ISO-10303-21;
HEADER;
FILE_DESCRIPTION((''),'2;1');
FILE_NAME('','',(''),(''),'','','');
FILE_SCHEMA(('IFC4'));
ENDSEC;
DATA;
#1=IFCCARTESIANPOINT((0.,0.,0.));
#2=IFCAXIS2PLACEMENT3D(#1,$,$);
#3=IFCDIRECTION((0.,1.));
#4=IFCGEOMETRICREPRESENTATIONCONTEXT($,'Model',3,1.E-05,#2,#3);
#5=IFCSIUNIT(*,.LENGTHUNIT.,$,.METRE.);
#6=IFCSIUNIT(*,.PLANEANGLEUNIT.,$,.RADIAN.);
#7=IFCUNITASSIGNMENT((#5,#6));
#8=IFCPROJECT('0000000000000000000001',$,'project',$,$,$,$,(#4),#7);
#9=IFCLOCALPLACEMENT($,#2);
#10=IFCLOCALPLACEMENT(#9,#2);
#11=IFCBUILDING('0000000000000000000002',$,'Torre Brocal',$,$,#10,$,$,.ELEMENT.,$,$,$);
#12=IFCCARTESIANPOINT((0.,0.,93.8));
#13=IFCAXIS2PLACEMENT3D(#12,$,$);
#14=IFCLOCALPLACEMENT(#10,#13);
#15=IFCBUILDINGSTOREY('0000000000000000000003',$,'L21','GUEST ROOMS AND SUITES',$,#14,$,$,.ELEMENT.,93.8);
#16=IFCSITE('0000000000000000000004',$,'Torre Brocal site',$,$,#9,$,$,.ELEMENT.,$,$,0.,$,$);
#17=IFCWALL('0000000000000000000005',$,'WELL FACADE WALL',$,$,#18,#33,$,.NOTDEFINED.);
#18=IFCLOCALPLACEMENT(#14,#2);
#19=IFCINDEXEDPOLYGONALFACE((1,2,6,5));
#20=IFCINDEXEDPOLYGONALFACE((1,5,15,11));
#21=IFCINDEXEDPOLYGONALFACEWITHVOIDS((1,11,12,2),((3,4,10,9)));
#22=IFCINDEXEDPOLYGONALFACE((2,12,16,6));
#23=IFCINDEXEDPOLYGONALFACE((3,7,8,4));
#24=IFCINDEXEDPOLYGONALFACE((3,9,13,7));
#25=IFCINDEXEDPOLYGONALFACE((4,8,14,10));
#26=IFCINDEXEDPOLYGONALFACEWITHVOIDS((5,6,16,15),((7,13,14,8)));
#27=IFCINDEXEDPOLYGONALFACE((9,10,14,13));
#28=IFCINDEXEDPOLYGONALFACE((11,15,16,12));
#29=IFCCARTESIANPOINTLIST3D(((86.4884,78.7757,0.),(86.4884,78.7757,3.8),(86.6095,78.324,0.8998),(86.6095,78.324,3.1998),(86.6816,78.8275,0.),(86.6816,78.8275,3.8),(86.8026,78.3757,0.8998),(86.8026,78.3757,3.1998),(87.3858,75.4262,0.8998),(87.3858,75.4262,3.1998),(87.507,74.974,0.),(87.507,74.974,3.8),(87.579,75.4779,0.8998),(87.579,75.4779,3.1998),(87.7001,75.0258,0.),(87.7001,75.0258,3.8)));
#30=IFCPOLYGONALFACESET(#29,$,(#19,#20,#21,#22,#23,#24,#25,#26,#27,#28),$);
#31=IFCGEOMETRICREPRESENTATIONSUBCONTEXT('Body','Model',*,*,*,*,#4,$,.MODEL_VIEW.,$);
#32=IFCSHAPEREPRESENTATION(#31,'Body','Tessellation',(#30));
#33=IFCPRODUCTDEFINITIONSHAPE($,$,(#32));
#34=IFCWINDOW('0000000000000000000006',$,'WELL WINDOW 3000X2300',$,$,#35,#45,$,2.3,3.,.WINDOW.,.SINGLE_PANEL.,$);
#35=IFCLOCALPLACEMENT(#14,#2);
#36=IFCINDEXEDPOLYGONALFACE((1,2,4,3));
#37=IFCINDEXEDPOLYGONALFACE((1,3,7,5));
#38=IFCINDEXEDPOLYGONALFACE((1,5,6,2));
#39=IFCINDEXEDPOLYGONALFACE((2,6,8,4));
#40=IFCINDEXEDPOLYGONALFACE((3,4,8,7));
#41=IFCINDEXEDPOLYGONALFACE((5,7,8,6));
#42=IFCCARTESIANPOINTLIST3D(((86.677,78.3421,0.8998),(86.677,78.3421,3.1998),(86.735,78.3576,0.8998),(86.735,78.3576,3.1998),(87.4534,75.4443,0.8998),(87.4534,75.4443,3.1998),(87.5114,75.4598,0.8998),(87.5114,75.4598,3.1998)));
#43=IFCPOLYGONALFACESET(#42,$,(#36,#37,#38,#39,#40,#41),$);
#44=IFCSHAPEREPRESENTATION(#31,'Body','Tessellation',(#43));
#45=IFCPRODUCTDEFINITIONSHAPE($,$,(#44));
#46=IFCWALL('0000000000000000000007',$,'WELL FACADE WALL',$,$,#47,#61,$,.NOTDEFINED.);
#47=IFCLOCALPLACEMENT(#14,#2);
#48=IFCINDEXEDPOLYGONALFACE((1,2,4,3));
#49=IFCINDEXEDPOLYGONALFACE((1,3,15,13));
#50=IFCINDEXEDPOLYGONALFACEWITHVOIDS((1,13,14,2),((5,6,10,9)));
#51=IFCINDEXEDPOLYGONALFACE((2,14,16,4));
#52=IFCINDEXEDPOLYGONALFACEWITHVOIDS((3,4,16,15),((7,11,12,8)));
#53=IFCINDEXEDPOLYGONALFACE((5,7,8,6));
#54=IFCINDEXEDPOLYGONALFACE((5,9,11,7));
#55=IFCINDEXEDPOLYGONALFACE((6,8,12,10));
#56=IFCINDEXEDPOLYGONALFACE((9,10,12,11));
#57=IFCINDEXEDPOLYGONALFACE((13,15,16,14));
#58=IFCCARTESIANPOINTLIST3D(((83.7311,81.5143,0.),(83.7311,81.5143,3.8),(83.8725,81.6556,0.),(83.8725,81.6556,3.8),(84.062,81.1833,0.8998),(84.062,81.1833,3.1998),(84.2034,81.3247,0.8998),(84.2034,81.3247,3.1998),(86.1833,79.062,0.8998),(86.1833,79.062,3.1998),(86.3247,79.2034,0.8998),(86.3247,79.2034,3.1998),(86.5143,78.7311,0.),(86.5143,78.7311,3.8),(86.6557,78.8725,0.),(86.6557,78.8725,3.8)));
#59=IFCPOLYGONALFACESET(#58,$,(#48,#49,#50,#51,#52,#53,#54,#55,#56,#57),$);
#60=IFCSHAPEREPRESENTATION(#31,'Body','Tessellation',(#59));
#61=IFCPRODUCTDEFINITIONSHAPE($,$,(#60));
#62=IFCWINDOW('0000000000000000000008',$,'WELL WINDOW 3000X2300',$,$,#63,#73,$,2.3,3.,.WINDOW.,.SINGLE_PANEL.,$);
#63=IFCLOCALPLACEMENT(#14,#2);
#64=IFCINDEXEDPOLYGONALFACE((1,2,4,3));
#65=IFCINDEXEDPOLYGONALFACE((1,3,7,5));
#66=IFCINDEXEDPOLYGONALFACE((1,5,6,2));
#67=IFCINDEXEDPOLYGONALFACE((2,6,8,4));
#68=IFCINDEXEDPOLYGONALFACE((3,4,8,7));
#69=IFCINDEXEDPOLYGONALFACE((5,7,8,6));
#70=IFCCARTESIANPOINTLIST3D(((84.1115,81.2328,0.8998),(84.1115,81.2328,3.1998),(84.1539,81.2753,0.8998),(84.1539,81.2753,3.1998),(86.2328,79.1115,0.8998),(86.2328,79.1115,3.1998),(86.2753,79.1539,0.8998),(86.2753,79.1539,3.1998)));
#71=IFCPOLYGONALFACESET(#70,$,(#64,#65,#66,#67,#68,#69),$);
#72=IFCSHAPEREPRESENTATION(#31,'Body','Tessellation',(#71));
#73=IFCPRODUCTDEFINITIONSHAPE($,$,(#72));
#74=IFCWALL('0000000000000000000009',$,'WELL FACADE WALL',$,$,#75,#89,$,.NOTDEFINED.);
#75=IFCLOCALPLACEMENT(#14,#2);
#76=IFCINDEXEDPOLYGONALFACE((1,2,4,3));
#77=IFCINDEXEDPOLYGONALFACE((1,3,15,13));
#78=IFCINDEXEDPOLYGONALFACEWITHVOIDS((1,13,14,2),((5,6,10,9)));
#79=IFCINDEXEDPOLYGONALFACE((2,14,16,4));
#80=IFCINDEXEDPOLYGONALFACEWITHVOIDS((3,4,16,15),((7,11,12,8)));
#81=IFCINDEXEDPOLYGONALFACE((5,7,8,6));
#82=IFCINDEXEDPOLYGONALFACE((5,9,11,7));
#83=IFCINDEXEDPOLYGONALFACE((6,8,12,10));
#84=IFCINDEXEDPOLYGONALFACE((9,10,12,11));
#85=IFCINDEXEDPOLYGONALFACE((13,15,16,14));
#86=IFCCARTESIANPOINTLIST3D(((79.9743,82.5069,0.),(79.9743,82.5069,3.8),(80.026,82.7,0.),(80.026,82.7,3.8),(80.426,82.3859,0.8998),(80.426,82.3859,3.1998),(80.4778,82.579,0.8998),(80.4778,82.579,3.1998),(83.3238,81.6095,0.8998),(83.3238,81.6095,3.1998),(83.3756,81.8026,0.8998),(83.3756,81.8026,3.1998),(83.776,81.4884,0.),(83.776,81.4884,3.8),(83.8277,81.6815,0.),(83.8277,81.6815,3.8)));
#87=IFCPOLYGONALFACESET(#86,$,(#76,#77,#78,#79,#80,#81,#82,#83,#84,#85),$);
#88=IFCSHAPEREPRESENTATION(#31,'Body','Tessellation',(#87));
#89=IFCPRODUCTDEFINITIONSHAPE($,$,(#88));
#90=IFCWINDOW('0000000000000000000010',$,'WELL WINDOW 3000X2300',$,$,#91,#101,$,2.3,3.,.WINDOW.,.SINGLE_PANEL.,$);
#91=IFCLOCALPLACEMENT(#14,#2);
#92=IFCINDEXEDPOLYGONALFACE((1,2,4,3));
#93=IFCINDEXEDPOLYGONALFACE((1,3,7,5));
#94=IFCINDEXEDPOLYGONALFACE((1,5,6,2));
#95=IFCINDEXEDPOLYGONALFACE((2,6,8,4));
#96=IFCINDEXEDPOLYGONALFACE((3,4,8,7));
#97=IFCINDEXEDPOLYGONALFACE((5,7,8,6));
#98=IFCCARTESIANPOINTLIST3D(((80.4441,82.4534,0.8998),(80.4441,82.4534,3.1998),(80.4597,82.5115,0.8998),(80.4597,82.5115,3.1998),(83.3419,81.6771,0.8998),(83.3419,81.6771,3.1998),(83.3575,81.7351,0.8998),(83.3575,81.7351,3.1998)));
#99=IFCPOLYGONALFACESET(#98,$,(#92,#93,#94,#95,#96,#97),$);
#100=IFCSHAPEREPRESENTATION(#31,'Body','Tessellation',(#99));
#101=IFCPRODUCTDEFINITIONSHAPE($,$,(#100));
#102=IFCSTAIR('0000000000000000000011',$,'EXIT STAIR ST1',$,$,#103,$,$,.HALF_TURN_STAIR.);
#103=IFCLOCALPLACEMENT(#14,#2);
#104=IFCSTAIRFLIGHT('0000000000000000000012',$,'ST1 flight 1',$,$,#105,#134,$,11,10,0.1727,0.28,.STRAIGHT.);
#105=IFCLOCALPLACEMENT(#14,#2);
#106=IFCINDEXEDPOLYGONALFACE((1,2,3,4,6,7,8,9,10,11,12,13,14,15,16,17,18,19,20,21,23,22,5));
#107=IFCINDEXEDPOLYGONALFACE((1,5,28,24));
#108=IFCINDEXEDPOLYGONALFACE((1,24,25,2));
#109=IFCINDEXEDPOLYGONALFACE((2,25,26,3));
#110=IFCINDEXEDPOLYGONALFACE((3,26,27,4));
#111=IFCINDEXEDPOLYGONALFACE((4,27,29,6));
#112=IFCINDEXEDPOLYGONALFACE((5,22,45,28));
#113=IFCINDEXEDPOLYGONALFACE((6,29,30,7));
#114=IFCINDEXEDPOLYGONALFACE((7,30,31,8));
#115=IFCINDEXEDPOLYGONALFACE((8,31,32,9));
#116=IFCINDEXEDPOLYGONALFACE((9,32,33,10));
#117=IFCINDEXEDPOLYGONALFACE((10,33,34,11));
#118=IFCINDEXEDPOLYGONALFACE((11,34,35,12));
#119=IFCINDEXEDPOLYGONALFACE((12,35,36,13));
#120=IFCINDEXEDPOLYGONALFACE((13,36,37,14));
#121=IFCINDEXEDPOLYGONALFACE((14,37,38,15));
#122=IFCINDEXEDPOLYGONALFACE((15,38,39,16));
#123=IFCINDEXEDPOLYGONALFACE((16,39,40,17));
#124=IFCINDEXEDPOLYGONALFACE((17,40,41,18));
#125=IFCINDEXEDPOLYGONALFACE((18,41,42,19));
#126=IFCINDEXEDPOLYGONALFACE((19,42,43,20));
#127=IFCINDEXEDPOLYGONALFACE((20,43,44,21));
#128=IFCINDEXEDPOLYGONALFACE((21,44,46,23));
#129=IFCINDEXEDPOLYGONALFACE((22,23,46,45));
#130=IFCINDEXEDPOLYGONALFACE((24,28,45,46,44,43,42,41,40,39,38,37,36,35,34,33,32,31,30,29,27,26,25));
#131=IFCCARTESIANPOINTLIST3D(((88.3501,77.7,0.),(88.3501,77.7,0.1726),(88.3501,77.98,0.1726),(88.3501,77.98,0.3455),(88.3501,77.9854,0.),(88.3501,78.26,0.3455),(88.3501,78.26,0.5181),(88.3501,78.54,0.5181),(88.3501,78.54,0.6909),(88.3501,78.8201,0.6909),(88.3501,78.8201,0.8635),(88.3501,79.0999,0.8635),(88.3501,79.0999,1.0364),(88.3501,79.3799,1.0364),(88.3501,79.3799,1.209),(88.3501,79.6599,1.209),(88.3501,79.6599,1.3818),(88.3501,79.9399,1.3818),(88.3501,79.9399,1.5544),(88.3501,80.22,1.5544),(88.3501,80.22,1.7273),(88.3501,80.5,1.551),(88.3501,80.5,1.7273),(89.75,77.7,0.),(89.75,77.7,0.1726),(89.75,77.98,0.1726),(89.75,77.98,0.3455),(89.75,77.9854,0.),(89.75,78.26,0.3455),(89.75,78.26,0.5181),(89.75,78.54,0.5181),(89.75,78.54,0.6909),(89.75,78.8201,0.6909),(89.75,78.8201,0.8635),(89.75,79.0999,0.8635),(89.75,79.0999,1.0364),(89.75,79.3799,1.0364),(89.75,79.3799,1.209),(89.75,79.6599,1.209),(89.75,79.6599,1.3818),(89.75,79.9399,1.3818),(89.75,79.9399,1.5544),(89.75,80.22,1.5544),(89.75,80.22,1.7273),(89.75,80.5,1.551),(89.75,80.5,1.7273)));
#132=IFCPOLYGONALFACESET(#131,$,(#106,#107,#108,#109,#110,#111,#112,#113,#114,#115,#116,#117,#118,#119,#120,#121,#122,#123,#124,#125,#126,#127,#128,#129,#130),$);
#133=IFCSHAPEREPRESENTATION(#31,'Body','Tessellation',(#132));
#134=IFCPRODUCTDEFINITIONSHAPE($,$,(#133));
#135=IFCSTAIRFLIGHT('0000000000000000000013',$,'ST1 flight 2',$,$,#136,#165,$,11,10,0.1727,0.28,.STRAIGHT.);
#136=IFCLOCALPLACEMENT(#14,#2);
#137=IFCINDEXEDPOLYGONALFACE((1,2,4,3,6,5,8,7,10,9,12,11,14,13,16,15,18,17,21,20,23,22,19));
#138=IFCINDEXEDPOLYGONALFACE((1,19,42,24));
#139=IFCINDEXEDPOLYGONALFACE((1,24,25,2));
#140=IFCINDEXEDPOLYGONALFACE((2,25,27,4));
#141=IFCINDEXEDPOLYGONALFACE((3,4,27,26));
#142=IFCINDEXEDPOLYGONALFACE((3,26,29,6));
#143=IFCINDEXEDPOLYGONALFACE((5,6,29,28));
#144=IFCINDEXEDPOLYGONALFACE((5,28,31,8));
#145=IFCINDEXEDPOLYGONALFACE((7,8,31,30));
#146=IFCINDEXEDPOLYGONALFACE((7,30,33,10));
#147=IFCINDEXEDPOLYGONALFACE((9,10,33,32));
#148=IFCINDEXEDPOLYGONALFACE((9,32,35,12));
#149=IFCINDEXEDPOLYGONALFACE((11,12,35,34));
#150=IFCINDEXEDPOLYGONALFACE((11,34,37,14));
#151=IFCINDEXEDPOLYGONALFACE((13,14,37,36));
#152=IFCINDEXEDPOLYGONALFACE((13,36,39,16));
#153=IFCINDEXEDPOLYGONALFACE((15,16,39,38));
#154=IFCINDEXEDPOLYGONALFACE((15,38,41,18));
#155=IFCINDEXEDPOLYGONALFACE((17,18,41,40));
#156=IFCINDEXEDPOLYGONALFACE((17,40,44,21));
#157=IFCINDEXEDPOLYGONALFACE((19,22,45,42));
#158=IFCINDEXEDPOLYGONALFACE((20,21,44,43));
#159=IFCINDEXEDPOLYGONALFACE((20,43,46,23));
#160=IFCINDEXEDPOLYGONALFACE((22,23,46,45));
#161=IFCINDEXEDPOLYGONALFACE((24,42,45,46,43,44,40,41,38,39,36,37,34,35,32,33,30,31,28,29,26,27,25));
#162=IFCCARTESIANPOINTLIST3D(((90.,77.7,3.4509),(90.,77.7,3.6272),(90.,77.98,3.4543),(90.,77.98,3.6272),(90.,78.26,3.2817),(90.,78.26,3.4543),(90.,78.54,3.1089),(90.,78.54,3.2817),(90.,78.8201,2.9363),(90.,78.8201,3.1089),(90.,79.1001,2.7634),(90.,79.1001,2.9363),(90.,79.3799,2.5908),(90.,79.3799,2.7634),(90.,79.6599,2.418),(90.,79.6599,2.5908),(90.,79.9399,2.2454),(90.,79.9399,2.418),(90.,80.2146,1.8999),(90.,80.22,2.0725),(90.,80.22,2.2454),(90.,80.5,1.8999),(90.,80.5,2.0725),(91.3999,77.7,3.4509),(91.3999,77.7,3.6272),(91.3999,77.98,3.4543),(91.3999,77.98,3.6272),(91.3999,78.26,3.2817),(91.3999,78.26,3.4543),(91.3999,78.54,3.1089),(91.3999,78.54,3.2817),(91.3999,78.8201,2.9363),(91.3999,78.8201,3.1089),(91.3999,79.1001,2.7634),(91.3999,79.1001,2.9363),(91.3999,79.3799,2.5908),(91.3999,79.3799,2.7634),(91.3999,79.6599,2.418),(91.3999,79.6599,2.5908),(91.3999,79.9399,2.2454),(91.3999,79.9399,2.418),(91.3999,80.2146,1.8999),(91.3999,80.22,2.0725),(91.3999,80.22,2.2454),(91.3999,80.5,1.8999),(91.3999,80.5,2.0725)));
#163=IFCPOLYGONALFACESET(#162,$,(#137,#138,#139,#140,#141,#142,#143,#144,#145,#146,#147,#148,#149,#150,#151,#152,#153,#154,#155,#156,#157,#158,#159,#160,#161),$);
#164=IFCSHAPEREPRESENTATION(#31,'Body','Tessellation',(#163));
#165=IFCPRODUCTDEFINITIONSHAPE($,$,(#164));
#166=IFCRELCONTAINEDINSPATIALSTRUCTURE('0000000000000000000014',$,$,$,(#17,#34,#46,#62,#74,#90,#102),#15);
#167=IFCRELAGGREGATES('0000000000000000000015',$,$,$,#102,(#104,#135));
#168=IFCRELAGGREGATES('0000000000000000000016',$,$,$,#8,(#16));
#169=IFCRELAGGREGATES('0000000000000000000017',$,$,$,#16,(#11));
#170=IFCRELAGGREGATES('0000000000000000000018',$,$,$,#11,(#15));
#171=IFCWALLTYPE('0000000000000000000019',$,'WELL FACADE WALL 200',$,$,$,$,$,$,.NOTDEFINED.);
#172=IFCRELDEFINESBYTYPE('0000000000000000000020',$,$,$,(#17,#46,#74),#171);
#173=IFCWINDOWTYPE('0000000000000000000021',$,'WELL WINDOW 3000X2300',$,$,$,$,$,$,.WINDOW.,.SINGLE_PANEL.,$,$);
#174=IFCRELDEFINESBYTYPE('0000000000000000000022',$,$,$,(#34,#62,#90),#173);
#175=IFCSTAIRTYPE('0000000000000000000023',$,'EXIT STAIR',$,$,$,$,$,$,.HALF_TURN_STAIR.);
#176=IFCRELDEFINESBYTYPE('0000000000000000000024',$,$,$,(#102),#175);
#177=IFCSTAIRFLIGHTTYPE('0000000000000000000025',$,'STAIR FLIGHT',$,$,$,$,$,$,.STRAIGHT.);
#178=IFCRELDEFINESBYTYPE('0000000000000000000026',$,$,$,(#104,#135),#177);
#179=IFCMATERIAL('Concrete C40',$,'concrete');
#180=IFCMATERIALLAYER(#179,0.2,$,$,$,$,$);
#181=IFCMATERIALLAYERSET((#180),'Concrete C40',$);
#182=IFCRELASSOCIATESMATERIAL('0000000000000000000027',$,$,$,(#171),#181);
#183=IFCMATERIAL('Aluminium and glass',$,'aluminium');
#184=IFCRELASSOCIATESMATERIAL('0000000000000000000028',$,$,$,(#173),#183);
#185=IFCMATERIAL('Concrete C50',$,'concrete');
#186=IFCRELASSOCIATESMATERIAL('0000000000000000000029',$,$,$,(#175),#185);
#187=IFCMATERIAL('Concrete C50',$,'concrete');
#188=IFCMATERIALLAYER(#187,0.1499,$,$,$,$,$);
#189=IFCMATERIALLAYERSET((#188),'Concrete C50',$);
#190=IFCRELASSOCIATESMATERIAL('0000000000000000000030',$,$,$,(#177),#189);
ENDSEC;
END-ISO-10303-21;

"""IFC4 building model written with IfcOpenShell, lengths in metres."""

from ifc_helpers import new_model, si_unit, direction, frame, frame_2d, origin, place, context, subcontext, project, spatial, polyline, rectangle, outline, extrude, material, layer, layer_set, type_object, element, fill, aggregate, save


model = new_model("IFC4")

# Units and contexts
model_context = context("Model", 3, precision=1e-05, world=origin(), true_north=direction((0.0, 1.0)))
body_context = subcontext(model_context, "Body", "Model", "MODEL_VIEW")
ifc_project = project(units=[si_unit("LENGTHUNIT", "METRE"), si_unit("PLANEANGLEUNIT", "RADIAN")], contexts=[model_context])

# Site, building, storey
site_placement = place(None, origin())
site = spatial("IfcSite", under=ifc_project, at=site_placement, Name="Torre Brocal site", CompositionType="ELEMENT", RefElevation=0.0)
building_placement = place(site_placement, origin())
building = spatial("IfcBuilding", under=site, at=building_placement, Name="Torre Brocal", CompositionType="ELEMENT")
storey_placement = place(building_placement, frame((0.0, 0.0, 93.8)))
storey = spatial("IfcBuildingStorey", under=building, at=storey_placement, Name="L21", Description="GUEST ROOMS AND SUITES", CompositionType="ELEMENT", Elevation=93.8)

# Walls, openings, windows
ifc_material_1 = material(Name="Concrete C40", Category="concrete")
ifc_layer_1 = layer(ifc_material_1, 0.2)
ifc_layer_set_1 = layer_set([ifc_layer_1], Name="Concrete C40")
wall_type_1 = type_object("IfcWallType", Name="WELL FACADE WALL 200", PredefinedType="NOTDEFINED", material=ifc_layer_set_1)
wall_1_placement = place(storey_placement, frame((87.6035, 75.0, 0.0), z_axis=(0.0, 0.0, 1.0), x_axis=(-0.25879, 0.965934, 0.0)))
wall_1 = element("IfcWall", 1, at=wall_1_placement, inside=storey, type_object=wall_type_1, Name="WELL FACADE WALL", PredefinedType="NOTDEFINED", context=body_context, shape_type="SweptSolid", body=[
    extrude(rectangle(XDim=3.9358, YDim=0.2, at=frame_2d((1.9678, 0.0))), origin(), (0.0, 0.0, 1.0), 3.8),
])
opening_1_placement = place(wall_1_placement, frame((0.468, 0.0, 0.8999)))
opening_1 = element("IfcOpeningElement", 2, at=opening_1_placement, cuts=wall_1, PredefinedType="OPENING", context=body_context, shape_type="SweptSolid", body=[
    extrude(rectangle(XDim=3.0, YDim=2.3, at=frame_2d((1.5, 1.1499))), frame((0.0, 0.1099, 0.0), z_axis=(0.0, -1.0, 0.0), x_axis=(1.0, 0.0, 0.0)), (0.0, 0.0, 1.0), 0.22),
])
ifc_material_2 = material(Name="Aluminium and glass", Category="aluminium")
window_type = type_object("IfcWindowType", Name="WELL WINDOW 3000X2300", PartitioningType="SINGLE_PANEL", PredefinedType="WINDOW", material=ifc_material_2)
window_1_placement = place(opening_1_placement, origin())
window_1 = element("IfcWindow", 3, at=window_1_placement, inside=storey, type_object=window_type, Name="WELL WINDOW 3000X2300", OverallHeight=2.3, OverallWidth=3.0, PartitioningType="SINGLE_PANEL", PredefinedType="WINDOW", context=body_context, shape_type="SweptSolid", body=[
    extrude(rectangle(XDim=3.0, YDim=2.3, at=frame_2d((1.5, 1.1499))), frame((0.0, 0.03, 0.0), z_axis=(0.0, -1.0, 0.0), x_axis=(1.0, 0.0, 0.0)), (0.0, 0.0, 1.0), 0.0601),
])
fill(opening_1, window_1)
wall_2_placement = place(storey_placement, frame((86.585, 78.8018, 0.0), z_axis=(0.0, 0.0, 1.0), x_axis=(-0.707107, 0.707107, 0.0)))
wall_2 = element("IfcWall", 4, at=wall_2_placement, inside=storey, type_object=wall_type_1, Name="WELL FACADE WALL", PredefinedType="NOTDEFINED", context=body_context, shape_type="SweptSolid", body=[
    extrude(rectangle(XDim=3.936, YDim=0.2, at=frame_2d((1.968, 0.0))), origin(), (0.0, 0.0, 1.0), 3.8),
])
opening_2_placement = place(wall_2_placement, frame((0.468, 0.0, 0.8999)))
opening_2 = element("IfcOpeningElement", 5, at=opening_2_placement, cuts=wall_2, PredefinedType="OPENING", context=body_context, shape_type="SweptSolid", body=[
    extrude(rectangle(XDim=3.0, YDim=2.3, at=frame_2d((1.5, 1.1499))), frame((0.0, 0.1099, 0.0), z_axis=(0.0, -1.0, 0.0), x_axis=(1.0, 0.0, 0.0)), (0.0, 0.0, 1.0), 0.22),
])
window_2_placement = place(opening_2_placement, origin())
window_2 = element("IfcWindow", 6, at=window_2_placement, inside=storey, type_object=window_type, Name="WELL WINDOW 3000X2300", OverallHeight=2.3, OverallWidth=3.0, PartitioningType="SINGLE_PANEL", PredefinedType="WINDOW", context=body_context, shape_type="SweptSolid", body=[
    extrude(rectangle(XDim=3.0, YDim=2.3, at=frame_2d((1.5, 1.1499))), frame((0.0, 0.03, 0.0), z_axis=(0.0, -1.0, 0.0), x_axis=(1.0, 0.0, 0.0)), (0.0, 0.0, 1.0), 0.0601),
])
fill(opening_2, window_2)
wall_3_placement = place(storey_placement, frame((83.8018, 81.585, 0.0), z_axis=(0.0, 0.0, 1.0), x_axis=(-0.965934, 0.25879, 0.0)))
wall_3 = element("IfcWall", 7, at=wall_3_placement, inside=storey, type_object=wall_type_1, Name="WELL FACADE WALL", PredefinedType="NOTDEFINED", context=body_context, shape_type="SweptSolid", body=[
    extrude(rectangle(XDim=3.9358, YDim=0.2, at=frame_2d((1.9678, 0.0))), origin(), (0.0, 0.0, 1.0), 3.8),
])
opening_3_placement = place(wall_3_placement, frame((0.468, 0.0, 0.8999)))
opening_3 = element("IfcOpeningElement", 8, at=opening_3_placement, cuts=wall_3, PredefinedType="OPENING", context=body_context, shape_type="SweptSolid", body=[
    extrude(rectangle(XDim=3.0, YDim=2.3, at=frame_2d((1.5, 1.1499))), frame((0.0, 0.1099, 0.0), z_axis=(0.0, -1.0, 0.0), x_axis=(1.0, 0.0, 0.0)), (0.0, 0.0, 1.0), 0.22),
])
window_3_placement = place(opening_3_placement, origin())
window_3 = element("IfcWindow", 9, at=window_3_placement, inside=storey, type_object=window_type, Name="WELL WINDOW 3000X2300", OverallHeight=2.3, OverallWidth=3.0, PartitioningType="SINGLE_PANEL", PredefinedType="WINDOW", context=body_context, shape_type="SweptSolid", body=[
    extrude(rectangle(XDim=3.0, YDim=2.3, at=frame_2d((1.5, 1.1499))), frame((0.0, 0.03, 0.0), z_axis=(0.0, -1.0, 0.0), x_axis=(1.0, 0.0, 0.0)), (0.0, 0.0, 1.0), 0.0601),
])
fill(opening_3, window_3)

# Stair, stair flights
ifc_material_3 = material(Name="Concrete C50", Category="concrete")
stair_type = type_object("IfcStairType", Name="EXIT STAIR", PredefinedType="HALF_TURN_STAIR", material=ifc_material_3)
stair_placement = place(storey_placement, origin())
stair = element("IfcStair", 10, at=stair_placement, inside=storey, type_object=stair_type, Name="EXIT STAIR ST1", PredefinedType="HALF_TURN_STAIR")
ifc_material_4 = material(Name="Concrete C50", Category="concrete")
ifc_layer_2 = layer(ifc_material_4, 0.1499)
ifc_layer_set_2 = layer_set([ifc_layer_2], Name="Concrete C50")
stair_flight_type = type_object("IfcStairFlightType", Name="STAIR FLIGHT", PredefinedType="STRAIGHT", material=ifc_layer_set_2)
stair_flight_1_placement = place(storey_placement, frame((89.05, 77.7, 0.0), z_axis=(0.0, 0.0, 1.0), x_axis=(0.0, 1.0, 0.0)))
stair_flight_1 = element("IfcStairFlight", 11, at=stair_flight_1_placement, type_object=stair_flight_type, Name="ST1 flight 1", NumberOfRisers=11, NumberOfTreads=10, PredefinedType="STRAIGHT", RiserHeight=0.1727, TreadLength=0.28, context=body_context, shape_type="SweptSolid", body=[
    extrude(outline(polyline([(0.0, 0.0), (0.0, 0.1726), (0.28, 0.1726), (0.28, 0.3455), (0.5601, 0.3455), (0.5601, 0.5181), (0.8401, 0.5181), (0.8401, 0.6909), (1.1201, 0.6909), (1.1201, 0.8635), (1.3999, 0.8635), (1.3999, 1.0364), (1.6799, 1.0364), (1.6799, 1.209), (1.96, 1.209), (1.96, 1.3818), (2.24, 1.3818), (2.24, 1.5544), (2.52, 1.5544), (2.52, 1.7273), (2.8, 1.7273), (2.8, 1.8999), (2.8, 1.551), (0.2854, 0.0), (0.0, 0.0)])), frame((0.0, 0.7, 0.0), z_axis=(0.0, -1.0, 0.0), x_axis=(1.0, 0.0, 0.0)), (0.0, 0.0, 1.0), 1.3999),
])
stair_flight_2_placement = place(storey_placement, frame((90.7, 80.5, 1.8999), z_axis=(0.0, 0.0, 1.0), x_axis=(0.0, -1.0, 0.0)))
stair_flight_2 = element("IfcStairFlight", 12, at=stair_flight_2_placement, type_object=stair_flight_type, Name="ST1 flight 2", NumberOfRisers=11, NumberOfTreads=10, PredefinedType="STRAIGHT", RiserHeight=0.1727, TreadLength=0.28, context=body_context, shape_type="SweptSolid", body=[
    extrude(outline(polyline([(0.0, 0.0), (0.0, 0.1726), (0.28, 0.1726), (0.28, 0.3455), (0.5601, 0.3455), (0.5601, 0.5181), (0.8401, 0.5181), (0.8401, 0.6909), (1.1201, 0.6909), (1.1201, 0.8635), (1.3999, 0.8635), (1.3999, 1.0364), (1.6799, 1.0364), (1.6799, 1.209), (1.96, 1.209), (1.96, 1.3818), (2.24, 1.3818), (2.24, 1.5544), (2.52, 1.5544), (2.52, 1.7273), (2.8, 1.7273), (2.8, 1.8999), (2.8, 1.551), (0.2854, 0.0), (0.0, 0.0)])), frame((0.0, 0.7, 0.0), z_axis=(0.0, -1.0, 0.0), x_axis=(1.0, 0.0, 0.0)), (0.0, 0.0, 1.0), 1.3999),
])
aggregate(stair, [stair_flight_1, stair_flight_2])

save(model, "model.ifc")
